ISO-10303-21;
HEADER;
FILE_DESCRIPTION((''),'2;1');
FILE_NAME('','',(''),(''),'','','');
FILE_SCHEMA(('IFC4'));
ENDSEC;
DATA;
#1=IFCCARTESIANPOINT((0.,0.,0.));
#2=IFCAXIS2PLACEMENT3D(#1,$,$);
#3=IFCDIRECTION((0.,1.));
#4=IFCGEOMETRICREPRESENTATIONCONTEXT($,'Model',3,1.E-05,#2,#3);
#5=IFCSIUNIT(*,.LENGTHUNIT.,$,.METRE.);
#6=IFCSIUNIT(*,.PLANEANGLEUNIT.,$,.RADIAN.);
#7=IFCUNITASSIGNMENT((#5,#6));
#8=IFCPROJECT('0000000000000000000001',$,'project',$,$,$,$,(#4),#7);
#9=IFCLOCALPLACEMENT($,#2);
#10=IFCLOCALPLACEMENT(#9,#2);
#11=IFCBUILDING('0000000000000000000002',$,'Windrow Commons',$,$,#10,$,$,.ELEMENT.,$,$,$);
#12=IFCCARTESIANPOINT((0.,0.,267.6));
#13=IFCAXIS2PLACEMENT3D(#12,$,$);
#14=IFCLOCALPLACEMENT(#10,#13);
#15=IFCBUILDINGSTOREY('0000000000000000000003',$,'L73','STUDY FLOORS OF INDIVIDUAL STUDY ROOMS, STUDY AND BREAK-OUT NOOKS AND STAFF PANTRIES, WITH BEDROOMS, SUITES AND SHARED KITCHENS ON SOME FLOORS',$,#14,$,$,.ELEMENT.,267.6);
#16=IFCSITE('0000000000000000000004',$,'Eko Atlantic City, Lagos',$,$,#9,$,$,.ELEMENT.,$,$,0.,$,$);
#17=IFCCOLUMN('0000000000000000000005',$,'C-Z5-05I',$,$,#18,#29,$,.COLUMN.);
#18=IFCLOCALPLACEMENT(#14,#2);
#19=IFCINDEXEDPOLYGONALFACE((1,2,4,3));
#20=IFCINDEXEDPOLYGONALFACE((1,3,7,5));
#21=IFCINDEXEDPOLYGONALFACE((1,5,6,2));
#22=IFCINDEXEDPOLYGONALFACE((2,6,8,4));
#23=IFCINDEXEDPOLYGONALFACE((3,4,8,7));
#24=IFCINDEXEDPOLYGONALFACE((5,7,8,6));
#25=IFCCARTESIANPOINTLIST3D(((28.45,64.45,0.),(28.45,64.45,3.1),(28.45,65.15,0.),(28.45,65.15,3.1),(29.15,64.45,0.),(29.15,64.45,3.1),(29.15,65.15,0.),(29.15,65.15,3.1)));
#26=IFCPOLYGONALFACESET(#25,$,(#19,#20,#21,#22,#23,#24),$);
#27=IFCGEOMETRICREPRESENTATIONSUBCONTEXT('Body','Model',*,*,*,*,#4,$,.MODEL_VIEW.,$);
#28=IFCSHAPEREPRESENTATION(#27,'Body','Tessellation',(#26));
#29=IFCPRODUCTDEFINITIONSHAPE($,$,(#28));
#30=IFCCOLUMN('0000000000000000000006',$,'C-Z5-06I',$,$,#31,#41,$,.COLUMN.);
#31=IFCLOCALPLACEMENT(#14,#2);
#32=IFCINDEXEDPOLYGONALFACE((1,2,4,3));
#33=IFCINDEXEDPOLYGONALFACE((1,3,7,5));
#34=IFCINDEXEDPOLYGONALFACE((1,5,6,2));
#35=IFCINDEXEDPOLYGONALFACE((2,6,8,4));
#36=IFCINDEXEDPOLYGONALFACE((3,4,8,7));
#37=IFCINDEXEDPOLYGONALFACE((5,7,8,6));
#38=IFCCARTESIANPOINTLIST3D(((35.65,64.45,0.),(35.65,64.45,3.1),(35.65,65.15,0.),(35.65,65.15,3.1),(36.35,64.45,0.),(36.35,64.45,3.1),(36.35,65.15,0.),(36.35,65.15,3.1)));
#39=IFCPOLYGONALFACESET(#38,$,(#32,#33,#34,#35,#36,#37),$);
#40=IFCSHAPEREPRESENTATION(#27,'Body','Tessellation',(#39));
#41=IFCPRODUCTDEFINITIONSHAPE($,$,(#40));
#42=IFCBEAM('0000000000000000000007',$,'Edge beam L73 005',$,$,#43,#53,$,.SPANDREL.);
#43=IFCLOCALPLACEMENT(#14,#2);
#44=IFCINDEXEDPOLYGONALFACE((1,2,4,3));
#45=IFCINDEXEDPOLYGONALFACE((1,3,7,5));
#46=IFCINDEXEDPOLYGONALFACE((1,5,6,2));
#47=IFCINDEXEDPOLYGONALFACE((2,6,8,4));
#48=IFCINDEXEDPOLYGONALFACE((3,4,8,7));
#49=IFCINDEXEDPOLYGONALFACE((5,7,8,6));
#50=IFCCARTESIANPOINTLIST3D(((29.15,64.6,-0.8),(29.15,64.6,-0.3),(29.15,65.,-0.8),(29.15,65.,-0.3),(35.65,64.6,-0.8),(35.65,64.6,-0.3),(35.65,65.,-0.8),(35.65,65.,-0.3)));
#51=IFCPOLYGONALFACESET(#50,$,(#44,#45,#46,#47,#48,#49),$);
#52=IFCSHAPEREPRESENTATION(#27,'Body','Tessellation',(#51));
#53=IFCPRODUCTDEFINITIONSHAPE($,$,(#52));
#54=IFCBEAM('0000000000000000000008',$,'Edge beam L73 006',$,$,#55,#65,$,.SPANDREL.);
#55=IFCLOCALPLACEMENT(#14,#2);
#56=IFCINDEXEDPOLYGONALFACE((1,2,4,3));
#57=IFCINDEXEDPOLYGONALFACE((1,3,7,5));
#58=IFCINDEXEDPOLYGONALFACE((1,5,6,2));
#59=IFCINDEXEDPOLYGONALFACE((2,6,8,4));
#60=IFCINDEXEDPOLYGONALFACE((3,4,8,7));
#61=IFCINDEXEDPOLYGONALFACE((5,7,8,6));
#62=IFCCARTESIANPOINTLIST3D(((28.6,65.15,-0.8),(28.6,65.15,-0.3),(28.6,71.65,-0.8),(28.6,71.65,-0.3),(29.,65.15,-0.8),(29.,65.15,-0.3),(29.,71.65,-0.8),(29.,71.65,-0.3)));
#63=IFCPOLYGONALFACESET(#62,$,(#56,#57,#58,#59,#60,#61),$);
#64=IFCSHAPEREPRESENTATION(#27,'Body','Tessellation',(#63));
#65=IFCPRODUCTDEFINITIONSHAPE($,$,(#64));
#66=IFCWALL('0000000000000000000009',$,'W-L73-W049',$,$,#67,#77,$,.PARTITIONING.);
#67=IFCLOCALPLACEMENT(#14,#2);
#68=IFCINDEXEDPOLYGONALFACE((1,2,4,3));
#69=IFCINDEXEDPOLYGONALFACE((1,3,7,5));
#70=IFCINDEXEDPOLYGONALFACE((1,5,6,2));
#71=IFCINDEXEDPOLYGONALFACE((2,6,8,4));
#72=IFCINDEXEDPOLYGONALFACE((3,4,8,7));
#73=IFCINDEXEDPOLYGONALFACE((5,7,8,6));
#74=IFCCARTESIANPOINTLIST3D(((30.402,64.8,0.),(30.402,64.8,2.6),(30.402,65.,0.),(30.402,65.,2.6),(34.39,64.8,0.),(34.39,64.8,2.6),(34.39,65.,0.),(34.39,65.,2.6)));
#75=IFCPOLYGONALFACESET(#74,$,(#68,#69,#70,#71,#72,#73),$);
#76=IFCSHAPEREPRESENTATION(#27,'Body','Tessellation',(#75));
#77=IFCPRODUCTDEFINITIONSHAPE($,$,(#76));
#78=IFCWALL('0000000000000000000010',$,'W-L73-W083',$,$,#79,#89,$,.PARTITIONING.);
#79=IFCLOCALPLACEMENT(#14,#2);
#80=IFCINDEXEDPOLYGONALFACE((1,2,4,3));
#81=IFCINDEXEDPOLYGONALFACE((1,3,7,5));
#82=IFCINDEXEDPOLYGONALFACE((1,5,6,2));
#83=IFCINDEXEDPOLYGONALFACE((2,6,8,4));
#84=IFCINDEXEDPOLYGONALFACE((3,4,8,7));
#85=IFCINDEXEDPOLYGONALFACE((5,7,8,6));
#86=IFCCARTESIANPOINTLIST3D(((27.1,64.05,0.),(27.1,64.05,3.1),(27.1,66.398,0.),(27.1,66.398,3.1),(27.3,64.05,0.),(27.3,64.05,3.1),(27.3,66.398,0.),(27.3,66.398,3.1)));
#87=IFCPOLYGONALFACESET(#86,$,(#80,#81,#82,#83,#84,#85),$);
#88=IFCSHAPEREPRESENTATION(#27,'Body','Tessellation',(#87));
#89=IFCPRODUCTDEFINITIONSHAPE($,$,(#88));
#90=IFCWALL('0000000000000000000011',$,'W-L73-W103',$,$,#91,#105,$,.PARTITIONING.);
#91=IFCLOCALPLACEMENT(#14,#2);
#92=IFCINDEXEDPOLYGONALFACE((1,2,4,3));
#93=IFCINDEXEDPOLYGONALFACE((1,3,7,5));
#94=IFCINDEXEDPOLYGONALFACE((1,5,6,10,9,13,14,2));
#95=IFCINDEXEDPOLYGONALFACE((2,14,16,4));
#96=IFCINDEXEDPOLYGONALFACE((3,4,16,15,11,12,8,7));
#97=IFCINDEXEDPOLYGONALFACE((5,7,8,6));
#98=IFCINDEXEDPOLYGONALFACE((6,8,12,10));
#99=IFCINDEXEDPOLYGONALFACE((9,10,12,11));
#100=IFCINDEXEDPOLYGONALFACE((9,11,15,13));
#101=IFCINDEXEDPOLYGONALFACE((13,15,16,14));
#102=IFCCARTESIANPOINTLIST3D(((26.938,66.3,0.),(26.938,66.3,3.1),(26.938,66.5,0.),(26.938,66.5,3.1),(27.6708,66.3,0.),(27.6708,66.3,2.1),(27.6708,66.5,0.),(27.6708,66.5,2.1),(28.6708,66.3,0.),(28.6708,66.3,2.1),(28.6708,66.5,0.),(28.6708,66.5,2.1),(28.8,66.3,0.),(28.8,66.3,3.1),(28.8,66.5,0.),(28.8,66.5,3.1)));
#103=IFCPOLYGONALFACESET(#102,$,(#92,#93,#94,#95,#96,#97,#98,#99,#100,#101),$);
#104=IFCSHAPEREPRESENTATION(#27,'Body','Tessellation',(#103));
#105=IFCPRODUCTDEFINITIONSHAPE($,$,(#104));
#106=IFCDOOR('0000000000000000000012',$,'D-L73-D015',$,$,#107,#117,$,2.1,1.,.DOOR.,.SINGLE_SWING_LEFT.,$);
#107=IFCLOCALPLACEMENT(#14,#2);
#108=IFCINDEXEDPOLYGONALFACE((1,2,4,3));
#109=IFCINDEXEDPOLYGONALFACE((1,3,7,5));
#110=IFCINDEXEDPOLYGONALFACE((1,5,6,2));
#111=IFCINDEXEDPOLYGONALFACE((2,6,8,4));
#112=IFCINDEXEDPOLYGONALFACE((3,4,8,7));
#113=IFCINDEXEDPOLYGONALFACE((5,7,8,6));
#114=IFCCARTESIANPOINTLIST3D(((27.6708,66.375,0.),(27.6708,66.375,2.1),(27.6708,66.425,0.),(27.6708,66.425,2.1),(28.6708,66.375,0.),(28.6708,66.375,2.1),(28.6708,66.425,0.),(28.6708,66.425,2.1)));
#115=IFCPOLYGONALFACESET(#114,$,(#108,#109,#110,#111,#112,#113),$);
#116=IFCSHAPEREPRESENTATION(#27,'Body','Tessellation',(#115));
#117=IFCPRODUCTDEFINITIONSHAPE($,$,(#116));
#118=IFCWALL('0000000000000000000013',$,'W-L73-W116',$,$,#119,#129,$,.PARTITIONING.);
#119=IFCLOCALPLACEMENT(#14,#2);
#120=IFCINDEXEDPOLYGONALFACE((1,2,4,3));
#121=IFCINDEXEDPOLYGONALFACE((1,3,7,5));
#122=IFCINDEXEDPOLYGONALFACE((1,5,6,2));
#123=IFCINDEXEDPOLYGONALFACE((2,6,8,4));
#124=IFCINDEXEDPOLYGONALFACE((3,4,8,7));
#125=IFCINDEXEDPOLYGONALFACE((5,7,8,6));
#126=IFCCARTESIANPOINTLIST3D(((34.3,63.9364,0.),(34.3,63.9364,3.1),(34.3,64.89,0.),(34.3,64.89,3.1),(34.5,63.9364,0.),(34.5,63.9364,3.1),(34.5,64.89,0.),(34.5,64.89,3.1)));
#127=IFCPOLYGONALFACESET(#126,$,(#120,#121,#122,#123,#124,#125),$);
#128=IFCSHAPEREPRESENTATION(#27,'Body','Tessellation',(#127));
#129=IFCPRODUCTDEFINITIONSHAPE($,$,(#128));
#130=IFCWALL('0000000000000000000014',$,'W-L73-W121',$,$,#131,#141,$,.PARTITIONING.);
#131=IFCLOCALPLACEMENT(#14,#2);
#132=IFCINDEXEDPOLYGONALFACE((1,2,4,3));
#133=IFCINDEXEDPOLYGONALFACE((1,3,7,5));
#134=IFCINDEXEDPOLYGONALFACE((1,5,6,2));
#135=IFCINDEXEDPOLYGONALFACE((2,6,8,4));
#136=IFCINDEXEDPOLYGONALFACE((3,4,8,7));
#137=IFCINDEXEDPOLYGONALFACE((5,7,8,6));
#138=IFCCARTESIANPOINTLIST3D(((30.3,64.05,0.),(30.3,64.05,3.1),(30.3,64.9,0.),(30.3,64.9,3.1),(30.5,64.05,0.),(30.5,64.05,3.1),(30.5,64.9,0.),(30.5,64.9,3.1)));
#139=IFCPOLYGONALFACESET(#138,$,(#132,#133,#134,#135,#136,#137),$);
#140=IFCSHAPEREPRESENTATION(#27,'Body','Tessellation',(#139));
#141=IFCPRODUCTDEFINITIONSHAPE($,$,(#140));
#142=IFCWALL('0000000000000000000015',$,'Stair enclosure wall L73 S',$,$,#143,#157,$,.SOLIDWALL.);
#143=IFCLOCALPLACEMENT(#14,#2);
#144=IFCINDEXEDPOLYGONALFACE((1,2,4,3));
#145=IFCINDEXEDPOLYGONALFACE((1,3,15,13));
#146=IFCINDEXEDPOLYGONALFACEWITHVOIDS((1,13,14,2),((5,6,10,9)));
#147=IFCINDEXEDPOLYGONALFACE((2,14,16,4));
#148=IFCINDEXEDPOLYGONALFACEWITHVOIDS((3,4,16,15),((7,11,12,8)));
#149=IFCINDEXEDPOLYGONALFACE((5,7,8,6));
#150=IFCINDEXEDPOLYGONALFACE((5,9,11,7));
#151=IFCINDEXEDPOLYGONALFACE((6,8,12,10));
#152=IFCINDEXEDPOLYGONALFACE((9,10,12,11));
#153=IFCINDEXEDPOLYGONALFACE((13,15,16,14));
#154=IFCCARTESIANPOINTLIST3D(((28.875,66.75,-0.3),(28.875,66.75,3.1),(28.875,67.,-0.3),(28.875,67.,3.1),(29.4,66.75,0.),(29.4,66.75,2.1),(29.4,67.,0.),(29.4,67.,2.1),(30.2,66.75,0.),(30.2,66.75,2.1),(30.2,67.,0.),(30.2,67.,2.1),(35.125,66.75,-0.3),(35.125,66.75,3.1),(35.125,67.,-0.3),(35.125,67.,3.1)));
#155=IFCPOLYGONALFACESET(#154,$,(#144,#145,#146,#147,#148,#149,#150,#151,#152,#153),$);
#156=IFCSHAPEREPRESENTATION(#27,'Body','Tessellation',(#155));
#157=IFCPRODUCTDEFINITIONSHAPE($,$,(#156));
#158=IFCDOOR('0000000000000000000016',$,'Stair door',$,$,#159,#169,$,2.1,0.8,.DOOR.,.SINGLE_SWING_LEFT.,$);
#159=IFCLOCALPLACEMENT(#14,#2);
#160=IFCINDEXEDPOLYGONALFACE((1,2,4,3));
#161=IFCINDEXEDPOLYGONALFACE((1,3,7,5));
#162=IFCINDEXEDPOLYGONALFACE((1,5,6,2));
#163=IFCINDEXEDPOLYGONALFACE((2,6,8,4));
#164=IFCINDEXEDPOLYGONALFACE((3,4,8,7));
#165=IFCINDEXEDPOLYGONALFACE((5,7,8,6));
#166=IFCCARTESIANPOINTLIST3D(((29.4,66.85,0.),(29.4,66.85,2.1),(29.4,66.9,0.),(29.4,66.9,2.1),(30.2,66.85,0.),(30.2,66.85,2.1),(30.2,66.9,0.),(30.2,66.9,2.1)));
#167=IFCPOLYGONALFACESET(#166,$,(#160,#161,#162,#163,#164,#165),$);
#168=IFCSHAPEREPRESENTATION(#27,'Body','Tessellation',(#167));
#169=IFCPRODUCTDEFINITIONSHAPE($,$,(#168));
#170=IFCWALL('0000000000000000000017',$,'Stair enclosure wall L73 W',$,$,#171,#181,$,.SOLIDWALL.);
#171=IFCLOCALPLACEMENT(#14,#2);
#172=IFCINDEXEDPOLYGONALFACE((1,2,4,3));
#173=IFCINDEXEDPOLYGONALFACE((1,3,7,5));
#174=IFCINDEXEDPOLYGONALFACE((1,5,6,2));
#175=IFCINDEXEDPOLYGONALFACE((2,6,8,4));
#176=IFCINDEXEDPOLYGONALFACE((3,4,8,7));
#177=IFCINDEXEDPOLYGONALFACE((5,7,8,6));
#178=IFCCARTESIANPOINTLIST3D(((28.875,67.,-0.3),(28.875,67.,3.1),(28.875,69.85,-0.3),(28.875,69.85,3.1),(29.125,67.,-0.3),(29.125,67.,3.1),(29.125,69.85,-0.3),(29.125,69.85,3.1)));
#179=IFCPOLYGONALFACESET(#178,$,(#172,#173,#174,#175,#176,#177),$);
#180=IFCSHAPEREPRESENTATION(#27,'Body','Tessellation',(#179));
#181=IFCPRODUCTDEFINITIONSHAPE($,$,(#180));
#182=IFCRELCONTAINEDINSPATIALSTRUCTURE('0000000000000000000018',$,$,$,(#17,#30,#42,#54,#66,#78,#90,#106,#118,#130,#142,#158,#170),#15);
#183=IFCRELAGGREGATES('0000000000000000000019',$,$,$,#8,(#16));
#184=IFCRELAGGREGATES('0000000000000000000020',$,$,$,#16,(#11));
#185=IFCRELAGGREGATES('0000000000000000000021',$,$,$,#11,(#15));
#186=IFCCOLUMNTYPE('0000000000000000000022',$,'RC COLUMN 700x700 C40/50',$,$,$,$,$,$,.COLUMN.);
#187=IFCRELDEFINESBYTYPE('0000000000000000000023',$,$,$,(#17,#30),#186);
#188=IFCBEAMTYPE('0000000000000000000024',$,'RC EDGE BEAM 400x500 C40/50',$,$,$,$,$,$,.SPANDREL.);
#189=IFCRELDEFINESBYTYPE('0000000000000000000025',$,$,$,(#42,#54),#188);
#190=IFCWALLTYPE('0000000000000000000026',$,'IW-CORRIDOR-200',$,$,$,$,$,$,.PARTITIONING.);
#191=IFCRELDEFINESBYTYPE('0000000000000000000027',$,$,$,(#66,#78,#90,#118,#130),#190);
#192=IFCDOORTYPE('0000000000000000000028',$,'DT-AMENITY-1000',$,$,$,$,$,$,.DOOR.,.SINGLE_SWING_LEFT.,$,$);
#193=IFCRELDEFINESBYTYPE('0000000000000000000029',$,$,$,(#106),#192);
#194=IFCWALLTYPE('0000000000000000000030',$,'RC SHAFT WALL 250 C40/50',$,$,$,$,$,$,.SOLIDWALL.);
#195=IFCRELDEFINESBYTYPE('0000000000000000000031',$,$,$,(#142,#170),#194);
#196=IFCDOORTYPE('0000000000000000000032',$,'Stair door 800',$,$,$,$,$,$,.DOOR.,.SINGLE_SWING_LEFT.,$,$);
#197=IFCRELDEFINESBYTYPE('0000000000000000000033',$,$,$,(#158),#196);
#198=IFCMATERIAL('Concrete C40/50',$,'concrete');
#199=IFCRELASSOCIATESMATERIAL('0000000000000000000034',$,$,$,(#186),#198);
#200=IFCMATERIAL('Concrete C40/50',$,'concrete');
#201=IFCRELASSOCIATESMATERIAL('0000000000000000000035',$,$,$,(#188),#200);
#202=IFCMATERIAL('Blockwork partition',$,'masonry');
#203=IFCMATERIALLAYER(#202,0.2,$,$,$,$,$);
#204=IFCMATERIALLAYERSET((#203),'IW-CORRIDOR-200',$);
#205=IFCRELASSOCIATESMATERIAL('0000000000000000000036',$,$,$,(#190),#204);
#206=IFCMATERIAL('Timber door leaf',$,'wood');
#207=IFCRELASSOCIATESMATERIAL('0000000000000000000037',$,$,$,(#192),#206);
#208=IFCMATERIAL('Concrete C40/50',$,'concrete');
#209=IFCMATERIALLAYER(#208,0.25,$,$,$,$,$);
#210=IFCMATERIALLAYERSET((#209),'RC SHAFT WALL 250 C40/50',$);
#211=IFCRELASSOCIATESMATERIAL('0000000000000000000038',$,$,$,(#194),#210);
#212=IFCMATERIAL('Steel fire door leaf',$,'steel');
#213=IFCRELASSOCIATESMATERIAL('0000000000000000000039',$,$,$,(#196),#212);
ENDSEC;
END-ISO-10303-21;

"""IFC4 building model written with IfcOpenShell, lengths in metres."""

from ifc_helpers import new_model, si_unit, direction, frame, frame_2d, origin, origin_2d, place, context, subcontext, project, spatial, rectangle, extrude, material, layer, layer_set, material_profile, profile_set, type_object, element, fill, save


model = new_model("IFC4")

# Units and contexts
model_context = context("Model", 3, precision=1e-05, world=origin(), true_north=direction((0.0, 1.0)))
body_context = subcontext(model_context, "Body", "Model", "MODEL_VIEW")
ifc_project = project(units=[si_unit("LENGTHUNIT", "METRE"), si_unit("PLANEANGLEUNIT", "RADIAN")], contexts=[model_context])

# Site, building, storey
site_placement = place(None, origin())
site = spatial("IfcSite", under=ifc_project, at=site_placement, Name="Eko Atlantic City, Lagos", CompositionType="ELEMENT", RefElevation=0.0)
building_placement = place(site_placement, origin())
building = spatial("IfcBuilding", under=site, at=building_placement, Name="Windrow Commons", CompositionType="ELEMENT")
storey_placement = place(building_placement, frame((0.0, 0.0, 267.6)))
storey = spatial("IfcBuildingStorey", under=building, at=storey_placement, Name="L73", Description="STUDY FLOORS OF INDIVIDUAL STUDY ROOMS, STUDY AND BREAK-OUT NOOKS AND STAFF PANTRIES, WITH BEDROOMS, SUITES AND SHARED KITCHENS ON SOME FLOORS", CompositionType="ELEMENT", Elevation=267.6)

# Columns
ifc_material_1 = material(Name="Concrete C40/50", Category="concrete")
ifc_material_profile_1 = material_profile(ifc_material_1, rectangle(XDim=0.7, YDim=0.7, at=origin_2d()))
ifc_profile_set_1 = profile_set([ifc_material_profile_1], Name="Concrete C40/50")
column_type = type_object("IfcColumnType", Name="RC COLUMN 700x700 C40/50", PredefinedType="COLUMN", material=ifc_profile_set_1)
for number, where, z_axis, x_axis, name in (
    (1, (28.8, 64.8, 0.0), (0.0, 0.0, 1.0), (1.0, 0.0, 0.0), "C-Z5-05I"),
    (2, (36.0, 64.8, 0.0), (0.0, 0.0, 1.0), (1.0, 0.0, 0.0), "C-Z5-06I"),
):
    element("IfcColumn", number, at=place(storey_placement, frame(where, z_axis=z_axis, x_axis=x_axis)), inside=storey, type_object=column_type, Name=name, PredefinedType="COLUMN", context=body_context, shape_type="SweptSolid", body=[
        extrude(rectangle(XDim=0.7, YDim=0.7, at=origin_2d()), origin(), (0.0, 0.0, 1.0), 3.1),
    ])

# Beams
ifc_material_2 = material(Name="Concrete C40/50", Category="concrete")
ifc_material_profile_2 = material_profile(ifc_material_2, rectangle(XDim=0.4, YDim=0.5, at=origin_2d()))
ifc_profile_set_2 = profile_set([ifc_material_profile_2], Name="Concrete C40/50")
beam_type = type_object("IfcBeamType", Name="RC EDGE BEAM 400x500 C40/50", PredefinedType="SPANDREL", material=ifc_profile_set_2)
for number, where, z_axis, x_axis, name in (
    (3, (35.65, 64.8, -0.55), (-1.0, 0.0, 0.0), (0.0, -1.0, 0.0), "Edge beam L73 005"),
    (4, (28.8, 65.15, -0.55), (0.0, 1.0, 0.0), (-1.0, 0.0, 0.0), "Edge beam L73 006"),
):
    element("IfcBeam", number, at=place(storey_placement, frame(where, z_axis=z_axis, x_axis=x_axis)), inside=storey, type_object=beam_type, Name=name, PredefinedType="SPANDREL", context=body_context, shape_type="SweptSolid", body=[
        extrude(rectangle(XDim=0.4, YDim=0.5, at=origin_2d()), origin(), (0.0, 0.0, 1.0), 6.5),
    ])

# Walls
ifc_material_3 = material(Name="Blockwork partition", Category="masonry")
ifc_layer_1 = layer(ifc_material_3, 0.2)
ifc_layer_set_1 = layer_set([ifc_layer_1], Name="IW-CORRIDOR-200")
wall_type_1 = type_object("IfcWallType", Name="IW-CORRIDOR-200", PredefinedType="PARTITIONING", material=ifc_layer_set_1)
wall_1_placement = place(storey_placement, frame((30.402, 64.9, 0.0), z_axis=(0.0, 0.0, 1.0), x_axis=(1.0, 0.0, 0.0)))
element("IfcWall", 5, at=wall_1_placement, inside=storey, type_object=wall_type_1, Name="W-L73-W049", PredefinedType="PARTITIONING", context=body_context, shape_type="SweptSolid", body=[
    extrude(rectangle(XDim=3.988, YDim=0.2, at=frame_2d((1.994, 0.0))), origin(), (0.0, 0.0, 1.0), 2.6),
])
wall_2_placement = place(storey_placement, frame((27.2, 64.05, 0.0), z_axis=(0.0, 0.0, 1.0), x_axis=(0.0, 1.0, 0.0)))
element("IfcWall", 6, at=wall_2_placement, inside=storey, type_object=wall_type_1, Name="W-L73-W083", PredefinedType="PARTITIONING", context=body_context, shape_type="SweptSolid", body=[
    extrude(rectangle(XDim=2.348, YDim=0.2, at=frame_2d((1.174, 0.0))), origin(), (0.0, 0.0, 1.0), 3.1),
])

# Wall, opening, door
wall_3_placement = place(storey_placement, frame((26.938, 66.4, 0.0), z_axis=(0.0, 0.0, 1.0), x_axis=(1.0, 0.0, 0.0)))
wall_3 = element("IfcWall", 7, at=wall_3_placement, inside=storey, type_object=wall_type_1, Name="W-L73-W103", PredefinedType="PARTITIONING", context=body_context, shape_type="SweptSolid", body=[
    extrude(rectangle(XDim=1.862, YDim=0.2, at=frame_2d((0.931, 0.0))), origin(), (0.0, 0.0, 1.0), 3.1),
])
opening_1_placement = place(wall_3_placement, frame((0.7328, 0.0, 0.0)))
opening_1 = element("IfcOpeningElement", 8, at=opening_1_placement, cuts=wall_3, PredefinedType="OPENING", context=body_context, shape_type="SweptSolid", body=[
    extrude(rectangle(XDim=1.0, YDim=2.1, at=frame_2d((0.5, 1.05))), frame((0.0, 0.11, 0.0), z_axis=(0.0, -1.0, 0.0), x_axis=(1.0, 0.0, 0.0)), (0.0, 0.0, 1.0), 0.22),
])
ifc_material_4 = material(Name="Timber door leaf", Category="wood")
door_type_1 = type_object("IfcDoorType", Name="DT-AMENITY-1000", OperationType="SINGLE_SWING_LEFT", PredefinedType="DOOR", material=ifc_material_4)
door_1_placement = place(opening_1_placement, origin())
door_1 = element("IfcDoor", 9, at=door_1_placement, inside=storey, type_object=door_type_1, Name="D-L73-D015", OperationType="SINGLE_SWING_LEFT", OverallHeight=2.1, OverallWidth=1.0, PredefinedType="DOOR", context=body_context, shape_type="SweptSolid", body=[
    extrude(rectangle(XDim=1.0, YDim=2.1, at=frame_2d((0.5, 1.05))), frame((0.0, 0.025, 0.0), z_axis=(0.0, -1.0, 0.0), x_axis=(1.0, 0.0, 0.0)), (0.0, 0.0, 1.0), 0.05),
])
fill(opening_1, door_1)

# Walls
wall_4_placement = place(storey_placement, frame((34.4, 63.9364, 0.0), z_axis=(0.0, 0.0, 1.0), x_axis=(0.0, 1.0, 0.0)))
element("IfcWall", 10, at=wall_4_placement, inside=storey, type_object=wall_type_1, Name="W-L73-W116", PredefinedType="PARTITIONING", context=body_context, shape_type="SweptSolid", body=[
    extrude(rectangle(XDim=0.9536, YDim=0.2, at=frame_2d((0.4768, 0.0))), origin(), (0.0, 0.0, 1.0), 3.1),
])
wall_5_placement = place(storey_placement, frame((30.4, 64.05, 0.0), z_axis=(0.0, 0.0, 1.0), x_axis=(0.0, 1.0, 0.0)))
element("IfcWall", 11, at=wall_5_placement, inside=storey, type_object=wall_type_1, Name="W-L73-W121", PredefinedType="PARTITIONING", context=body_context, shape_type="SweptSolid", body=[
    extrude(rectangle(XDim=0.85, YDim=0.2, at=frame_2d((0.425, 0.0))), origin(), (0.0, 0.0, 1.0), 3.1),
])

# Wall, opening, door
ifc_material_5 = material(Name="Concrete C40/50", Category="concrete")
ifc_layer_2 = layer(ifc_material_5, 0.25)
ifc_layer_set_2 = layer_set([ifc_layer_2], Name="RC SHAFT WALL 250 C40/50")
wall_type_2 = type_object("IfcWallType", Name="RC SHAFT WALL 250 C40/50", PredefinedType="SOLIDWALL", material=ifc_layer_set_2)
wall_6_placement = place(storey_placement, frame((28.875, 66.875, -0.3), z_axis=(0.0, 0.0, 1.0), x_axis=(1.0, 0.0, 0.0)))
wall_6 = element("IfcWall", 12, at=wall_6_placement, inside=storey, type_object=wall_type_2, Name="Stair enclosure wall L73 S", PredefinedType="SOLIDWALL", context=body_context, shape_type="SweptSolid", body=[
    extrude(rectangle(XDim=6.25, YDim=0.25, at=frame_2d((3.125, 0.0))), origin(), (0.0, 0.0, 1.0), 3.4),
])
opening_2_placement = place(wall_6_placement, frame((0.525, 0.0, 0.3)))
opening_2 = element("IfcOpeningElement", 13, at=opening_2_placement, cuts=wall_6, PredefinedType="OPENING", context=body_context, shape_type="SweptSolid", body=[
    extrude(rectangle(XDim=0.8, YDim=2.1, at=frame_2d((0.4, 1.05))), frame((0.0, 0.135, 0.0), z_axis=(0.0, -1.0, 0.0), x_axis=(1.0, 0.0, 0.0)), (0.0, 0.0, 1.0), 0.27),
])
ifc_material_6 = material(Name="Steel fire door leaf", Category="steel")
door_type_2 = type_object("IfcDoorType", Name="Stair door 800", OperationType="SINGLE_SWING_LEFT", PredefinedType="DOOR", material=ifc_material_6)
door_2_placement = place(opening_2_placement, origin())
door_2 = element("IfcDoor", 14, at=door_2_placement, inside=storey, type_object=door_type_2, Name="Stair door", OperationType="SINGLE_SWING_LEFT", OverallHeight=2.1, OverallWidth=0.8, PredefinedType="DOOR", context=body_context, shape_type="SweptSolid", body=[
    extrude(rectangle(XDim=0.8, YDim=2.1, at=frame_2d((0.4, 1.05))), frame((0.0, 0.025, 0.0), z_axis=(0.0, -1.0, 0.0), x_axis=(1.0, 0.0, 0.0)), (0.0, 0.0, 1.0), 0.05),
])
fill(opening_2, door_2)

# Wall
for number, where, z_axis, x_axis, name in (
    (15, (29.0, 67.0, -0.3), (0.0, 0.0, 1.0), (0.0, 1.0, 0.0), "Stair enclosure wall L73 W"),
):
    element("IfcWall", number, at=place(storey_placement, frame(where, z_axis=z_axis, x_axis=x_axis)), inside=storey, type_object=wall_type_2, Name=name, PredefinedType="SOLIDWALL", context=body_context, shape_type="SweptSolid", body=[
        extrude(rectangle(XDim=2.85, YDim=0.25, at=frame_2d((1.425, 0.0))), origin(), (0.0, 0.0, 1.0), 3.4),
    ])

save(model, "model.ifc")
